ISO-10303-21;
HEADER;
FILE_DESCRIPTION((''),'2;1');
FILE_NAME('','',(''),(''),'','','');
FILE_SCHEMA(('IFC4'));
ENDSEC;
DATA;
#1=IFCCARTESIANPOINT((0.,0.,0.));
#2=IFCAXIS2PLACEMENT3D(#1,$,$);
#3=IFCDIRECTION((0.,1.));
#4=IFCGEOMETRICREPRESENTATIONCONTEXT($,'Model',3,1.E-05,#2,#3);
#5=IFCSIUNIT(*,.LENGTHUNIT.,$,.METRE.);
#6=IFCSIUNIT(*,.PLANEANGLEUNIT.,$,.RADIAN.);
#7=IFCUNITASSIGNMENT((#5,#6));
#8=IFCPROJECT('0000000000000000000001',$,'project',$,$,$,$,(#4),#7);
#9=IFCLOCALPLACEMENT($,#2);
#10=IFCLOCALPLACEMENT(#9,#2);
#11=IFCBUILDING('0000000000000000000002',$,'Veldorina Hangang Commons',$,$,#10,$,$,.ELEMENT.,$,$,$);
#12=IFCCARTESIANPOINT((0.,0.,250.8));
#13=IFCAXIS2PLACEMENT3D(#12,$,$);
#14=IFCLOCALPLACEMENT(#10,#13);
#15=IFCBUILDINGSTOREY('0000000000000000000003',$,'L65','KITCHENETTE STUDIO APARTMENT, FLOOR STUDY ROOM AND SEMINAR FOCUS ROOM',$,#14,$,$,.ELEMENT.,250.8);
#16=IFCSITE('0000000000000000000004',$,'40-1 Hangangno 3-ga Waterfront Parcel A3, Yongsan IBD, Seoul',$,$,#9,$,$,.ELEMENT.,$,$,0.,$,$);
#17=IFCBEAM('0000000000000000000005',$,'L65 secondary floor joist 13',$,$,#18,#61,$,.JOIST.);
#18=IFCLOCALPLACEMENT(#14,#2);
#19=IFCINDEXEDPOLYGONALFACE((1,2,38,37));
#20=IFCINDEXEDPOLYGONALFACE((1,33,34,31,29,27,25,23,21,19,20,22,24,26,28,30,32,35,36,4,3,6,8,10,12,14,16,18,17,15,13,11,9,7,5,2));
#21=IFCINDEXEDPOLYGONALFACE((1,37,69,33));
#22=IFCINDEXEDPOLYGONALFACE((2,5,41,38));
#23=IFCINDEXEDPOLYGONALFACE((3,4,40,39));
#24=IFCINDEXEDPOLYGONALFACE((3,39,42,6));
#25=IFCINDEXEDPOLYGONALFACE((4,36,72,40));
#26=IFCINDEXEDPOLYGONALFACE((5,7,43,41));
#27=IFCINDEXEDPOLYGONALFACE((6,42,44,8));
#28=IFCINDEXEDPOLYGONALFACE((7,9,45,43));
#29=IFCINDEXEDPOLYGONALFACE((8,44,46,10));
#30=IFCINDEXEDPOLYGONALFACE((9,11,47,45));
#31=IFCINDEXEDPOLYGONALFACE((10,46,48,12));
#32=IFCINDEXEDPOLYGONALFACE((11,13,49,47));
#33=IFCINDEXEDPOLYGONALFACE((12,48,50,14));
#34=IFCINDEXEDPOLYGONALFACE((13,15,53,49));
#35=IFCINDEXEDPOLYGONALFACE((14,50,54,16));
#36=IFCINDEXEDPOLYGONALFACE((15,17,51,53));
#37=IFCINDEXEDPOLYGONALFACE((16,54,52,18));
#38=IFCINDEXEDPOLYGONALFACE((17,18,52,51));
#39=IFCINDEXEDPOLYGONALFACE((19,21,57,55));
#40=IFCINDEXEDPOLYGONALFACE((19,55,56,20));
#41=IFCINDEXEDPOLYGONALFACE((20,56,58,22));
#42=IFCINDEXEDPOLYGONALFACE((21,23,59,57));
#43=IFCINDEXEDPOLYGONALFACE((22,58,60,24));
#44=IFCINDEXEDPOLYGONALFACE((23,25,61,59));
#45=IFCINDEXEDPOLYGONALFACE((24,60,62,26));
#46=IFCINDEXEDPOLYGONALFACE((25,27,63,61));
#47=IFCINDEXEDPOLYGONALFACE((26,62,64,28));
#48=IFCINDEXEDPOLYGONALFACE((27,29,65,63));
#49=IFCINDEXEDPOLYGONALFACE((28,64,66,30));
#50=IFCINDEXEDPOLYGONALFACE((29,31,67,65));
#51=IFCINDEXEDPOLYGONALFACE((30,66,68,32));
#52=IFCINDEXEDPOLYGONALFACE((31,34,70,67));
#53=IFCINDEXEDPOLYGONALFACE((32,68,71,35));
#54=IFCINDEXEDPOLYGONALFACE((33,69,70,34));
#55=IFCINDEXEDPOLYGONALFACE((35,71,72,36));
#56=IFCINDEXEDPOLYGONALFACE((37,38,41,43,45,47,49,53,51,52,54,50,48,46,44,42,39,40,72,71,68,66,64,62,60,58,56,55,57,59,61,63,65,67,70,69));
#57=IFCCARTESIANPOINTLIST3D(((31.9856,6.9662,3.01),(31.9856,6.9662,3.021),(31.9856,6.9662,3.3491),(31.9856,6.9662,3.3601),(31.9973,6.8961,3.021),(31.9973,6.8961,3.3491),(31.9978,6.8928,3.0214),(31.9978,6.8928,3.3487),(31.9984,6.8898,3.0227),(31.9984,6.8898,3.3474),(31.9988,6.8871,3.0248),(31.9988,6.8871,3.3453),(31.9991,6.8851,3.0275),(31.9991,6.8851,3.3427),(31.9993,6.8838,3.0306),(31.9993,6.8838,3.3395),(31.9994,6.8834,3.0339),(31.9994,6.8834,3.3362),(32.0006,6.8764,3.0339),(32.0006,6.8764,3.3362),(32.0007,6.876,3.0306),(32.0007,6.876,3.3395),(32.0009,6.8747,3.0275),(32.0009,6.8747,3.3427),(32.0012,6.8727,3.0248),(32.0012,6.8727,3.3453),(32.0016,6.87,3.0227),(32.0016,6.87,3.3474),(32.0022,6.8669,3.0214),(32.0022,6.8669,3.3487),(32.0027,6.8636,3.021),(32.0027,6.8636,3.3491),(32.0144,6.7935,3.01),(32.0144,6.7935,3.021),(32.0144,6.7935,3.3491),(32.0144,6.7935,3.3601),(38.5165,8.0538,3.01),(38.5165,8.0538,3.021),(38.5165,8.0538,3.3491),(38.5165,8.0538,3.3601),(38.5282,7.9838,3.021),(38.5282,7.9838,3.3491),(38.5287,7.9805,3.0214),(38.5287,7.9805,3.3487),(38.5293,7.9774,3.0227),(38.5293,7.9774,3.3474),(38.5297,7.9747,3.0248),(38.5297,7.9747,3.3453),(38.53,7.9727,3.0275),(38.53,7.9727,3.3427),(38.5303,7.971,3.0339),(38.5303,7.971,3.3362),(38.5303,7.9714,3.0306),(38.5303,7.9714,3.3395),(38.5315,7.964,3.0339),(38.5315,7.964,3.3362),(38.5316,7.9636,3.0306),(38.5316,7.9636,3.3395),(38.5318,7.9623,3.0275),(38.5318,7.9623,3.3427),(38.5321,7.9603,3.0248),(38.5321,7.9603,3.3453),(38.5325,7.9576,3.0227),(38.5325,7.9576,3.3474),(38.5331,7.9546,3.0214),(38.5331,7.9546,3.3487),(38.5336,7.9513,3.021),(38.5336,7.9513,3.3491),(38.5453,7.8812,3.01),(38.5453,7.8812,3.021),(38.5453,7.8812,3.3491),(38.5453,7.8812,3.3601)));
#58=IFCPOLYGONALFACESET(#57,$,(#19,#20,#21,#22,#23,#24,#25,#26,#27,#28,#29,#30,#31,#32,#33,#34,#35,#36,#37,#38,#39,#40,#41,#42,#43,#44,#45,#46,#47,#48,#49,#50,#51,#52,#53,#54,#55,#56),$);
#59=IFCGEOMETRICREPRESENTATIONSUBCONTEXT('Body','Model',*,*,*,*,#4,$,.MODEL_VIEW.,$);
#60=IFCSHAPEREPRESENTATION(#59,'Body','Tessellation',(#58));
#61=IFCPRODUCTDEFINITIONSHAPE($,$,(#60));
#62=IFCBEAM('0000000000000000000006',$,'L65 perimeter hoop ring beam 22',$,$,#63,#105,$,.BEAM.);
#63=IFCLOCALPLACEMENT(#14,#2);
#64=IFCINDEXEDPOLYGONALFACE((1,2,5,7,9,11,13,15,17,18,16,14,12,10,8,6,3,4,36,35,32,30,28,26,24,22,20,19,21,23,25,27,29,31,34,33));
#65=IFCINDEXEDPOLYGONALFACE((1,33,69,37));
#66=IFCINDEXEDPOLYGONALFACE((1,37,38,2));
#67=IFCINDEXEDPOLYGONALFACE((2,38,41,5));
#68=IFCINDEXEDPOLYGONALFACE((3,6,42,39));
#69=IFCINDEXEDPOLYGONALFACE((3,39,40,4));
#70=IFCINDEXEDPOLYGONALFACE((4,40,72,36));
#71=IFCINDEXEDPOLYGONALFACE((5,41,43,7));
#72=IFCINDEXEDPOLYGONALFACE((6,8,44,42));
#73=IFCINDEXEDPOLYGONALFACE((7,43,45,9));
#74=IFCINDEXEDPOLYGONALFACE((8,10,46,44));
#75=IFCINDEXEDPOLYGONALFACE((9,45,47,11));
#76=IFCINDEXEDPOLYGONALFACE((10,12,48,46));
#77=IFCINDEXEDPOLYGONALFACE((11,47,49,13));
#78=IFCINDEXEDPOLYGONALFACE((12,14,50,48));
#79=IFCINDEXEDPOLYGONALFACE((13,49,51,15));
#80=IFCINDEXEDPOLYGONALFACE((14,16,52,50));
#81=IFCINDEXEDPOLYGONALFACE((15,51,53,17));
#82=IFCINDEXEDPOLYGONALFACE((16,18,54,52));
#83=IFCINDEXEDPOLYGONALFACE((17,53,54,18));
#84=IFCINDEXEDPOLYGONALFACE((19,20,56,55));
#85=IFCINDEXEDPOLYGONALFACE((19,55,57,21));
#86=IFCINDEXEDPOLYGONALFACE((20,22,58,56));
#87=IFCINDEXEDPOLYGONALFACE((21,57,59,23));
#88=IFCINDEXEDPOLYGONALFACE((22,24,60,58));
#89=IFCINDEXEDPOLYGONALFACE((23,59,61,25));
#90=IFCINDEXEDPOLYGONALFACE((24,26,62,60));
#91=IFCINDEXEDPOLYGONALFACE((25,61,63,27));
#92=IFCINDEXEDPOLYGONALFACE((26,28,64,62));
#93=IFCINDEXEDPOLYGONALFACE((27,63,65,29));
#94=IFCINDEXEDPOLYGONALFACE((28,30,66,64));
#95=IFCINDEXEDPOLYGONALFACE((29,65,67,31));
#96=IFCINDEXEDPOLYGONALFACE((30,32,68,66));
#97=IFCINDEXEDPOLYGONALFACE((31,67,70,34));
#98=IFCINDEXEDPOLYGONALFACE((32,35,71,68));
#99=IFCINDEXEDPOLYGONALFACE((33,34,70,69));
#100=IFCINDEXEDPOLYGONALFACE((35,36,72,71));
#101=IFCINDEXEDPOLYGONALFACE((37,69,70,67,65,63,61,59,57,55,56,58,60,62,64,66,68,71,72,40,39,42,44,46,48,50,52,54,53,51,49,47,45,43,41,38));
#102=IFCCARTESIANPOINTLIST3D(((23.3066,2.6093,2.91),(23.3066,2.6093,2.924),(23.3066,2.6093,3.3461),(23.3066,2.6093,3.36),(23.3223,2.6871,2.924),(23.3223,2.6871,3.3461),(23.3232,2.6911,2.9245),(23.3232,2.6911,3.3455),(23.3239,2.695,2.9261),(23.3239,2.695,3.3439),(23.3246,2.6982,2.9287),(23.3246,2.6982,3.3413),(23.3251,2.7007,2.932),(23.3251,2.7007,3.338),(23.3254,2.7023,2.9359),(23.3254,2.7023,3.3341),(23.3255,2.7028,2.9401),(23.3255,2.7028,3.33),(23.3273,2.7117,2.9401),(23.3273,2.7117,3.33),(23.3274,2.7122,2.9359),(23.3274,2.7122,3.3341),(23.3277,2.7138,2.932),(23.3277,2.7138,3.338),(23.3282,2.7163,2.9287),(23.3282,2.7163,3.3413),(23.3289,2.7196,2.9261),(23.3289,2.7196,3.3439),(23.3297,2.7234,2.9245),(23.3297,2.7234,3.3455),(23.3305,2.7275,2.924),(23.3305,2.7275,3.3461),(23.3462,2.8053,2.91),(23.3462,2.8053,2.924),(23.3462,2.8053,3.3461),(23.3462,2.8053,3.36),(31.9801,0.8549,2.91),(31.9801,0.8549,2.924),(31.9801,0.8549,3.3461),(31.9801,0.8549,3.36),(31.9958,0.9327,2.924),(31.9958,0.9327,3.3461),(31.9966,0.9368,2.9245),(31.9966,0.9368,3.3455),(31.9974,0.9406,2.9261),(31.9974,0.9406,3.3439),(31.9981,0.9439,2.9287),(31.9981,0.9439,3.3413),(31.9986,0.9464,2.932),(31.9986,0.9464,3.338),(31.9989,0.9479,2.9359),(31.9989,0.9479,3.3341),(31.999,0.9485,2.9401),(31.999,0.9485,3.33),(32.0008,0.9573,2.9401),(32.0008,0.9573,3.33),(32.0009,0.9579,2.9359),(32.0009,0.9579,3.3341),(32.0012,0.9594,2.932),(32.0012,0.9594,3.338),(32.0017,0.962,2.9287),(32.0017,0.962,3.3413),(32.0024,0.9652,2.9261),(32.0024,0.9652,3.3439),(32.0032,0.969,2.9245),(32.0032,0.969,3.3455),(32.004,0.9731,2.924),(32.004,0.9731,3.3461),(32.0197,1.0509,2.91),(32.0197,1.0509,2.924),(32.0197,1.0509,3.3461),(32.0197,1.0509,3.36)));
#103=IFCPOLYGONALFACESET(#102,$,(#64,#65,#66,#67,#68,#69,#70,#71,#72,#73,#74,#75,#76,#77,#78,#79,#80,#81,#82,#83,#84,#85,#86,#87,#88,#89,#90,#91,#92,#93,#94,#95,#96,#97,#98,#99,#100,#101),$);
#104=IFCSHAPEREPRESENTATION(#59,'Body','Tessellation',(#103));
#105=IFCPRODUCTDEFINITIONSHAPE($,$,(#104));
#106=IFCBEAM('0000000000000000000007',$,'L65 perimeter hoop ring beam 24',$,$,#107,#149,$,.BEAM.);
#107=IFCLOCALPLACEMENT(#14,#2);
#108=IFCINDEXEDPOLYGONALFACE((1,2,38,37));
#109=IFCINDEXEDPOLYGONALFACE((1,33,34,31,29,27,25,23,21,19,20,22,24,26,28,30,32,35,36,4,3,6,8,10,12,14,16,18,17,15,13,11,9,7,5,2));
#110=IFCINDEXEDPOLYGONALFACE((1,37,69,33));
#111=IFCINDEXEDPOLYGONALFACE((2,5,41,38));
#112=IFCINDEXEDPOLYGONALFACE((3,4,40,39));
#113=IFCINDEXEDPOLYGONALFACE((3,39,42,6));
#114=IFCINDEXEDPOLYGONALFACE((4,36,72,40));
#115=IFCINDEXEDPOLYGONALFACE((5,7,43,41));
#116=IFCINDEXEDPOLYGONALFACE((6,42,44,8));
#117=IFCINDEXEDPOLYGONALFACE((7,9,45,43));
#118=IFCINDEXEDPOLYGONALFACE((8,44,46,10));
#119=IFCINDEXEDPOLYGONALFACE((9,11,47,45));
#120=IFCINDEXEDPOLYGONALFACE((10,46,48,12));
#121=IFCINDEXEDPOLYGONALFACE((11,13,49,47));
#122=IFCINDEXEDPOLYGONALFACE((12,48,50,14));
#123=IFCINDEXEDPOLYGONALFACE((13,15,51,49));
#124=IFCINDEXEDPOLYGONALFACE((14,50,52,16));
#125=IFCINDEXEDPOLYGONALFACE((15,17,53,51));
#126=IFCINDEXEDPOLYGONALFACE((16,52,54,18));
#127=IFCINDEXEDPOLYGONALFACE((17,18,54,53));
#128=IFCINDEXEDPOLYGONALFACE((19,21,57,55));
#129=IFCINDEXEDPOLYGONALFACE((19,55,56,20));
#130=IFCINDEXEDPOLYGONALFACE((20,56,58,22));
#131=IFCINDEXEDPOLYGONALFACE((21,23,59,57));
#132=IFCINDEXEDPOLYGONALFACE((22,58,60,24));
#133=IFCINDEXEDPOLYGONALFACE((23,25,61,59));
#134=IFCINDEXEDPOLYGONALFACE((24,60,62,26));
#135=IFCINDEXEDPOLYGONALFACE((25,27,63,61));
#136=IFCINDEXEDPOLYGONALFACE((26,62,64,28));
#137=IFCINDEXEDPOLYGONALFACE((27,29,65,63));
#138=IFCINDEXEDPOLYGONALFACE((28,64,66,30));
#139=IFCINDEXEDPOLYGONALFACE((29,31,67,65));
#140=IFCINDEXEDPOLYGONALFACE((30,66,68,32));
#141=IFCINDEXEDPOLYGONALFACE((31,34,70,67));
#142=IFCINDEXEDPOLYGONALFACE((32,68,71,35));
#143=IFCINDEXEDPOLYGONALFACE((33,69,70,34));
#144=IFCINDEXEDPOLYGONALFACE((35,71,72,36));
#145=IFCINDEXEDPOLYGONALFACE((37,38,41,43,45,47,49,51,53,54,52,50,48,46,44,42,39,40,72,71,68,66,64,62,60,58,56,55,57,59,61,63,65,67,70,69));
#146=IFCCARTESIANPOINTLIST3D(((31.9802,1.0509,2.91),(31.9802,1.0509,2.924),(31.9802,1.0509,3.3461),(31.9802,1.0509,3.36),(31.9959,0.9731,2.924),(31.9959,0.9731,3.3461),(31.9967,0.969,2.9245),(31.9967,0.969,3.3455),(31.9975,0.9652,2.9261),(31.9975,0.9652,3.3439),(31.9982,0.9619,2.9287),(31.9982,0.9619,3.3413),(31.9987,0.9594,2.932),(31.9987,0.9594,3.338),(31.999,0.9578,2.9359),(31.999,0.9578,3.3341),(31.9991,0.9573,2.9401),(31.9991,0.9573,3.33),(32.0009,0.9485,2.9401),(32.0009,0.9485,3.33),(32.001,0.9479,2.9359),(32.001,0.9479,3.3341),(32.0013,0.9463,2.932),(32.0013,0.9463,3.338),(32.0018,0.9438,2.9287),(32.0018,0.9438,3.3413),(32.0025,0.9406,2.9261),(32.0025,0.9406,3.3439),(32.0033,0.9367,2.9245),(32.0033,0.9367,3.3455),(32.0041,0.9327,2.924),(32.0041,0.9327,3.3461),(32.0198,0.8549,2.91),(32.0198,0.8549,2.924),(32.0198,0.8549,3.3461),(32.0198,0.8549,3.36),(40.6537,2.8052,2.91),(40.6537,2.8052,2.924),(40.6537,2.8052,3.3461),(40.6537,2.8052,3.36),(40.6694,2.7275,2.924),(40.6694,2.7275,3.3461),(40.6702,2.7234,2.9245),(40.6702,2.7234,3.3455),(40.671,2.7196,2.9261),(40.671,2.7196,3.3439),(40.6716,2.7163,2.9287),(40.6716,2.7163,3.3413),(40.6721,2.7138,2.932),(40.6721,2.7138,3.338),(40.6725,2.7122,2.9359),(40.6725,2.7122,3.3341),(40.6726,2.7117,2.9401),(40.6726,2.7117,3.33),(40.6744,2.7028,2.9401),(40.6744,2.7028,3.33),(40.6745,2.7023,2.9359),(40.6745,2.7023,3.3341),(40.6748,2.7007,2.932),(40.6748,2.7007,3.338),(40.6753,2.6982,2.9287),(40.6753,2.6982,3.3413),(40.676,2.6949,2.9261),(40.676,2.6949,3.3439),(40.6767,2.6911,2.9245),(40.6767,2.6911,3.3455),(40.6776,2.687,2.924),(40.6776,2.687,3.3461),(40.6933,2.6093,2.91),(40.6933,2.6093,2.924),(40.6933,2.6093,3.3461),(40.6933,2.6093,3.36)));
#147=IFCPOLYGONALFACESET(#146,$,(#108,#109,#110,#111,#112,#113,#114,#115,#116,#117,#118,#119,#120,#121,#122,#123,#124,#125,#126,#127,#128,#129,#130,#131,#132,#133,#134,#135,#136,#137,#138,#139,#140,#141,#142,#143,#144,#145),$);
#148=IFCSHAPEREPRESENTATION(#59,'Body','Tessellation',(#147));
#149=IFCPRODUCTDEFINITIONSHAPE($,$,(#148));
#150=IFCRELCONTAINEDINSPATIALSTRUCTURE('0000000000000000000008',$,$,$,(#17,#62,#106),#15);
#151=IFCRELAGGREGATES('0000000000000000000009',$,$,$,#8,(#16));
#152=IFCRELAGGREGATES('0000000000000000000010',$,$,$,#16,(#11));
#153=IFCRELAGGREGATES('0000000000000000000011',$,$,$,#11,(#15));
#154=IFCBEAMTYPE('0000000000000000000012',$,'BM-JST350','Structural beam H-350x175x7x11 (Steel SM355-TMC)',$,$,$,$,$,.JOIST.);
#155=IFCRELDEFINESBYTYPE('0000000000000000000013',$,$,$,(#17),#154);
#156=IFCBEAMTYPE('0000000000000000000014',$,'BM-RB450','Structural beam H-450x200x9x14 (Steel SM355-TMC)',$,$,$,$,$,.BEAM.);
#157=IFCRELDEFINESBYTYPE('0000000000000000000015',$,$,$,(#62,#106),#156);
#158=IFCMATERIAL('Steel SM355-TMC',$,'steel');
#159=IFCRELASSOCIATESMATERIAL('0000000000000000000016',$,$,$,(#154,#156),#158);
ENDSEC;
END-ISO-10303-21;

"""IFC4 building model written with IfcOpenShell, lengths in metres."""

from ifc_helpers import new_model, si_unit, direction, frame, origin, origin_2d, place, context, subcontext, project, spatial, i_section, extrude, material, material_profile, profile_set, type_object, element, save


model = new_model("IFC4")

# Units and contexts
model_context = context("Model", 3, precision=1e-05, world=origin(), true_north=direction((0.0, 1.0)))
body_context = subcontext(model_context, "Body", "Model", "MODEL_VIEW")
ifc_project = project(units=[si_unit("LENGTHUNIT", "METRE"), si_unit("PLANEANGLEUNIT", "RADIAN")], contexts=[model_context])

# Site, building, storey
site_placement = place(None, origin())
site = spatial("IfcSite", under=ifc_project, at=site_placement, Name="40-1 Hangangno 3-ga Waterfront Parcel A3, Yongsan IBD, Seoul", CompositionType="ELEMENT", RefElevation=0.0)
building_placement = place(site_placement, origin())
building = spatial("IfcBuilding", under=site, at=building_placement, Name="Veldorina Hangang Commons", CompositionType="ELEMENT")
storey_placement = place(building_placement, frame((0.0, 0.0, 250.8)))
storey = spatial("IfcBuildingStorey", under=building, at=storey_placement, Name="L65", Description="KITCHENETTE STUDIO APARTMENT, FLOOR STUDY ROOM AND SEMINAR FOCUS ROOM", CompositionType="ELEMENT", Elevation=250.8)

# Beams
ifc_material_1 = material(Name="Steel SM355-TMC", Category="steel")
ifc_material_profile_1 = material_profile(ifc_material_1, i_section(OverallWidth=0.175, OverallDepth=0.3501, WebThickness=0.0071, FlangeThickness=0.011, FilletRadius=0.0129, at=origin_2d()), Name="H-350x175x7x11")
ifc_profile_set_1 = profile_set([ifc_material_profile_1], Name="Steel SM355-TMC")
beam_type_1 = type_object("IfcBeamType", Name="BM-JST350", Description="Structural beam H-350x175x7x11 (Steel SM355-TMC)", PredefinedType="JOIST", material=ifc_profile_set_1)
beam_placement = place(storey_placement, frame((32.0, 6.8799, 3.1851), z_axis=(0.986415, 0.164273, 0.0), x_axis=(-0.164273, 0.986415, 0.0)))
element("IfcBeam", 1, at=beam_placement, inside=storey, type_object=beam_type_1, Name="L65 secondary floor joist 13", PredefinedType="JOIST", context=body_context, shape_type="SweptSolid", body=[
    extrude(i_section(OverallWidth=0.175, OverallDepth=0.3501, WebThickness=0.0071, FlangeThickness=0.011, FilletRadius=0.0129, at=origin_2d()), origin(), (0.0, 0.0, 1.0), 6.6208),
])
ifc_material_profile_2 = material_profile(ifc_material_1, i_section(OverallWidth=0.2, OverallDepth=0.45, WebThickness=0.009, FlangeThickness=0.0139, FilletRadius=0.0161, at=origin_2d()), Name="H-450x200x9x14")
ifc_profile_set_2 = profile_set([ifc_material_profile_2], Name="Steel SM355-TMC")
beam_type_2 = type_object("IfcBeamType", Name="BM-RB450", Description="Structural beam H-450x200x9x14 (Steel SM355-TMC)", PredefinedType="BEAM", material=ifc_profile_set_2)
for number, where, z_axis, x_axis, name in (
    (2, (23.3264, 2.7073, 3.135), (0.980151, -0.198254, 0.0), (0.198254, 0.980151, 0.0), "L65 perimeter hoop ring beam 22"),
    (3, (32.0, 0.9529, 3.135), (0.980151, 0.198254, 0.0), (-0.198254, 0.980151, 0.0), "L65 perimeter hoop ring beam 24"),
):
    element("IfcBeam", number, at=place(storey_placement, frame(where, z_axis=z_axis, x_axis=x_axis)), inside=storey, type_object=beam_type_2, Name=name, PredefinedType="BEAM", context=body_context, shape_type="SweptSolid", body=[
        extrude(i_section(OverallWidth=0.2, OverallDepth=0.45, WebThickness=0.009, FlangeThickness=0.0139, FilletRadius=0.0161, at=origin_2d()), origin(), (0.0, 0.0, 1.0), 8.8491),
    ])

save(model, "model.ifc")
